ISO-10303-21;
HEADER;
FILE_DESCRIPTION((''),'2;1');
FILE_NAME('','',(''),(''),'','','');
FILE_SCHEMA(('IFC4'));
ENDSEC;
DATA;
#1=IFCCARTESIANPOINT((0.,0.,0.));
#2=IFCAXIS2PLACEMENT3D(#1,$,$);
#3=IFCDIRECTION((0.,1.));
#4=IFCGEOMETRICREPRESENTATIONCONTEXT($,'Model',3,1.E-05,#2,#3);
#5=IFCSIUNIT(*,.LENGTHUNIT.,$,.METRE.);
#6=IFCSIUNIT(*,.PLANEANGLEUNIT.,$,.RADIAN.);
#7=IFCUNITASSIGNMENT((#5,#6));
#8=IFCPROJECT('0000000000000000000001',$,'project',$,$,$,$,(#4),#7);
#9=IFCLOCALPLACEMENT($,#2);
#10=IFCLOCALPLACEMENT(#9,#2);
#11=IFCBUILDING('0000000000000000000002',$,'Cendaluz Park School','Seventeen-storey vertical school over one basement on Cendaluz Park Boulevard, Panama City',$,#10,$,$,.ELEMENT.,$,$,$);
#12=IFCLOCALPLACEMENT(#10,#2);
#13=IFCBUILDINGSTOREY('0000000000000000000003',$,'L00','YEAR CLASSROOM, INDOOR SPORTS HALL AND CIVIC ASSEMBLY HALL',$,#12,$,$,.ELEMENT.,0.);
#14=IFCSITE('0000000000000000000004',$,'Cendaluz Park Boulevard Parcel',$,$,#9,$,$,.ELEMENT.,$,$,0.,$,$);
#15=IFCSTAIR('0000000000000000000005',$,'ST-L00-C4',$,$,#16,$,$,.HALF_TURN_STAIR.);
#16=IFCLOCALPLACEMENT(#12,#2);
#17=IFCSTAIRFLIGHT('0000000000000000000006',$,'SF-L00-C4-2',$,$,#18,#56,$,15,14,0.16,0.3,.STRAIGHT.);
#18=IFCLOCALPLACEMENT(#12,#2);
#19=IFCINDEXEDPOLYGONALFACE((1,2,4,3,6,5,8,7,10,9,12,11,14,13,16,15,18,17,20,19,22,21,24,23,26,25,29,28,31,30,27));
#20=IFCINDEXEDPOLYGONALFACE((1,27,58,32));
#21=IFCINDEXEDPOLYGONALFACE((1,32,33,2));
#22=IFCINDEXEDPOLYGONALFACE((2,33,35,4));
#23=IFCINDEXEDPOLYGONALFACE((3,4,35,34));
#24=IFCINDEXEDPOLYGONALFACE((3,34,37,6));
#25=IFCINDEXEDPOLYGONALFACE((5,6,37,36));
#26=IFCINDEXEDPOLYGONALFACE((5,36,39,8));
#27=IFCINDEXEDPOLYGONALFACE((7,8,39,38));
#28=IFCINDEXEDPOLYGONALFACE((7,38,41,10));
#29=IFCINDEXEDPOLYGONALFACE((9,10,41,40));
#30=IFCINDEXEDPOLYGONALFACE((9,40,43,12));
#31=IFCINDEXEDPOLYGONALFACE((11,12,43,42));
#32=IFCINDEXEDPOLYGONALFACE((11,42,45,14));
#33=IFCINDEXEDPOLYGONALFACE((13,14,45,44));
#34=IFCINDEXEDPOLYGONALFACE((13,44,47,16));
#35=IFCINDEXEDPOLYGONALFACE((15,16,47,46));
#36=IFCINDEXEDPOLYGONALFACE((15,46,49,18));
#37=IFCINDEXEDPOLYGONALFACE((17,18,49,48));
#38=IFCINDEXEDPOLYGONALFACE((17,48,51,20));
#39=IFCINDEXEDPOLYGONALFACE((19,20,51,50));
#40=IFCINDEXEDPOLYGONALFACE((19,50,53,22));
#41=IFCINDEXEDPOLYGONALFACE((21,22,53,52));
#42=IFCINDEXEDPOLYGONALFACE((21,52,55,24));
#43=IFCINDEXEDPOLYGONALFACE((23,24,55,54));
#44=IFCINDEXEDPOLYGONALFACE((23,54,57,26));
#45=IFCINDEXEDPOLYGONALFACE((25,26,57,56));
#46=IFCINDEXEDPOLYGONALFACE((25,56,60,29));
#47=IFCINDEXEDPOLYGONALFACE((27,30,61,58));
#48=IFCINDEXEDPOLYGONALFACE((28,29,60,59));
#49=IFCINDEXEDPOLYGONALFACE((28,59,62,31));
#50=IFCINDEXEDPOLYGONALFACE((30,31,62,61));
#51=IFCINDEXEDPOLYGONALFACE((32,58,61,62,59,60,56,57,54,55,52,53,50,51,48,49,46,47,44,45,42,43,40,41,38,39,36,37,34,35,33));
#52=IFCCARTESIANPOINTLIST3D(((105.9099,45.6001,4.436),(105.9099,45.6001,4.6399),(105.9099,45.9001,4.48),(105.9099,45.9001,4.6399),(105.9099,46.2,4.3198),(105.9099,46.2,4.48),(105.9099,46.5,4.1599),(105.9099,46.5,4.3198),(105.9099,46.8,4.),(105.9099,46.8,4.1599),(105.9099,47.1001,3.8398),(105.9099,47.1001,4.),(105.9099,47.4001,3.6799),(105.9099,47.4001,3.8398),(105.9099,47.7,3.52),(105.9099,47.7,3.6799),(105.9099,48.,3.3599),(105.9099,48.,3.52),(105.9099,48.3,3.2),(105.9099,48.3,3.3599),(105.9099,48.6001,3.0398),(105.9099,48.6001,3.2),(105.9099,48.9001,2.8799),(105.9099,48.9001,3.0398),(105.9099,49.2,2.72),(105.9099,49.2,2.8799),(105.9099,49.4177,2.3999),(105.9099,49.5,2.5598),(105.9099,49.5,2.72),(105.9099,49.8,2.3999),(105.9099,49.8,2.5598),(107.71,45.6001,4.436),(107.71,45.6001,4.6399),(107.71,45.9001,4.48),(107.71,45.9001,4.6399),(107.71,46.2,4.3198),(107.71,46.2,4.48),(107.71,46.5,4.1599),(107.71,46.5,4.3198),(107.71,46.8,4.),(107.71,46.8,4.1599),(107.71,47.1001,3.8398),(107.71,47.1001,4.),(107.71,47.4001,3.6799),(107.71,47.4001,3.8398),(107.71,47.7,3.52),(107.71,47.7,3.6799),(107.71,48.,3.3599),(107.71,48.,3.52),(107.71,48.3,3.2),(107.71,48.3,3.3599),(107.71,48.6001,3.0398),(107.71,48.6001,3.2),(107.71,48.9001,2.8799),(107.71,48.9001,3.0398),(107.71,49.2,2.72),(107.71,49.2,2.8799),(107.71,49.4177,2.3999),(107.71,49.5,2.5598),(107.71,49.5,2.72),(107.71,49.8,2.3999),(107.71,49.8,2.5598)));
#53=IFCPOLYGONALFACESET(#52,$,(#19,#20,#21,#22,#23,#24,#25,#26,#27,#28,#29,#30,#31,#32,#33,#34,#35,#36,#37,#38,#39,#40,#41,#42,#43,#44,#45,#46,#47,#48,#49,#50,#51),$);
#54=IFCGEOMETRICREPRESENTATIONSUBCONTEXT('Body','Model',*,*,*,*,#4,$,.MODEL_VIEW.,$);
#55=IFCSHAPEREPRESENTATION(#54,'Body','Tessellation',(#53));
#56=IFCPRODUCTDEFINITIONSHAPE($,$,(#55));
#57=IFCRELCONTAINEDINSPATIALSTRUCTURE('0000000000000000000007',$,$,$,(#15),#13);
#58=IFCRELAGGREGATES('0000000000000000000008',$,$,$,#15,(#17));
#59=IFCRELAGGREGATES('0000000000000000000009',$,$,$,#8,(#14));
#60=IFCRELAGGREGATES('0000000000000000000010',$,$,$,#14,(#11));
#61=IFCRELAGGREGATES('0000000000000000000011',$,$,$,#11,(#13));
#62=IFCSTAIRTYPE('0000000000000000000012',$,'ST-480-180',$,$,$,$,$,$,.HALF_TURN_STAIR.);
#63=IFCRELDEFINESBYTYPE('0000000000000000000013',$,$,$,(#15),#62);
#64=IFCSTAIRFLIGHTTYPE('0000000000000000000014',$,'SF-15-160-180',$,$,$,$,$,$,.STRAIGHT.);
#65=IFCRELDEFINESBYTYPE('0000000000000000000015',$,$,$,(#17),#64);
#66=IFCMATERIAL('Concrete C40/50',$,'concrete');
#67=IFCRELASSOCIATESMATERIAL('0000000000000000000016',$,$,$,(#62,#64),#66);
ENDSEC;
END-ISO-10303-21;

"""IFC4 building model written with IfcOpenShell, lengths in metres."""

from ifc_helpers import new_model, si_unit, direction, frame, origin, place, context, subcontext, project, spatial, polyline, outline, extrude, material, type_object, element, aggregate, save


model = new_model("IFC4")

# Units and contexts
model_context = context("Model", 3, precision=1e-05, world=origin(), true_north=direction((0.0, 1.0)))
body_context = subcontext(model_context, "Body", "Model", "MODEL_VIEW")
ifc_project = project(units=[si_unit("LENGTHUNIT", "METRE"), si_unit("PLANEANGLEUNIT", "RADIAN")], contexts=[model_context])

# Site, building, storey
site_placement = place(None, origin())
site = spatial("IfcSite", under=ifc_project, at=site_placement, Name="Cendaluz Park Boulevard Parcel", CompositionType="ELEMENT", RefElevation=0.0)
building_placement = place(site_placement, origin())
building = spatial("IfcBuilding", under=site, at=building_placement, Name="Cendaluz Park School", Description="Seventeen-storey vertical school over one basement on Cendaluz Park Boulevard, Panama City", CompositionType="ELEMENT")
storey_placement = place(building_placement, origin())
storey = spatial("IfcBuildingStorey", under=building, at=storey_placement, Name="L00", Description="YEAR CLASSROOM, INDOOR SPORTS HALL AND CIVIC ASSEMBLY HALL", CompositionType="ELEMENT", Elevation=0.0)

# Shared definitions
ifc_material_1 = material(Name="Concrete C40/50", Category="concrete")

# Stair, stair flight
stair_type = type_object("IfcStairType", Name="ST-480-180", PredefinedType="HALF_TURN_STAIR", material=ifc_material_1)
stair_placement = place(storey_placement, origin())
stair = element("IfcStair", 1, at=stair_placement, inside=storey, type_object=stair_type, Name="ST-L00-C4", PredefinedType="HALF_TURN_STAIR")
stair_flight_type = type_object("IfcStairFlightType", Name="SF-15-160-180", PredefinedType="STRAIGHT", material=ifc_material_1)
stair_flight_1_placement = place(storey_placement, frame((106.8101, 49.8, 2.3999), z_axis=(0.0, 0.0, 1.0), x_axis=(0.0, -1.0, 0.0)))
stair_flight_1 = element("IfcStairFlight", 2, at=stair_flight_1_placement, type_object=stair_flight_type, Name="SF-L00-C4-2", NumberOfRisers=15, NumberOfTreads=14, PredefinedType="STRAIGHT", RiserHeight=0.16, TreadLength=0.3, context=body_context, shape_type="SweptSolid", body=[
    extrude(outline(polyline([(0.0, 0.0), (0.0, 0.1599), (0.3, 0.1599), (0.3, 0.3201), (0.6001, 0.3201), (0.6001, 0.48), (0.8999, 0.48), (0.8999, 0.6399), (1.2, 0.6399), (1.2, 0.8), (1.5, 0.8), (1.5, 0.96), (1.8, 0.96), (1.8, 1.1201), (2.1001, 1.1201), (2.1001, 1.28), (2.3999, 1.28), (2.3999, 1.4399), (2.7, 1.4399), (2.7, 1.6001), (3.0, 1.6001), (3.0, 1.76), (3.3, 1.76), (3.3, 1.9199), (3.6001, 1.9199), (3.6001, 2.0801), (3.8999, 2.0801), (3.8999, 2.24), (4.2, 2.24), (4.2, 2.3999), (4.2, 2.0361), (0.3823, 0.0), (0.0, 0.0)])), frame((0.0, 0.8999, 0.0), z_axis=(0.0, -1.0, 0.0), x_axis=(1.0, 0.0, 0.0)), (0.0, 0.0, 1.0), 1.8),
])
aggregate(stair, [stair_flight_1])

save(model, "model.ifc")
